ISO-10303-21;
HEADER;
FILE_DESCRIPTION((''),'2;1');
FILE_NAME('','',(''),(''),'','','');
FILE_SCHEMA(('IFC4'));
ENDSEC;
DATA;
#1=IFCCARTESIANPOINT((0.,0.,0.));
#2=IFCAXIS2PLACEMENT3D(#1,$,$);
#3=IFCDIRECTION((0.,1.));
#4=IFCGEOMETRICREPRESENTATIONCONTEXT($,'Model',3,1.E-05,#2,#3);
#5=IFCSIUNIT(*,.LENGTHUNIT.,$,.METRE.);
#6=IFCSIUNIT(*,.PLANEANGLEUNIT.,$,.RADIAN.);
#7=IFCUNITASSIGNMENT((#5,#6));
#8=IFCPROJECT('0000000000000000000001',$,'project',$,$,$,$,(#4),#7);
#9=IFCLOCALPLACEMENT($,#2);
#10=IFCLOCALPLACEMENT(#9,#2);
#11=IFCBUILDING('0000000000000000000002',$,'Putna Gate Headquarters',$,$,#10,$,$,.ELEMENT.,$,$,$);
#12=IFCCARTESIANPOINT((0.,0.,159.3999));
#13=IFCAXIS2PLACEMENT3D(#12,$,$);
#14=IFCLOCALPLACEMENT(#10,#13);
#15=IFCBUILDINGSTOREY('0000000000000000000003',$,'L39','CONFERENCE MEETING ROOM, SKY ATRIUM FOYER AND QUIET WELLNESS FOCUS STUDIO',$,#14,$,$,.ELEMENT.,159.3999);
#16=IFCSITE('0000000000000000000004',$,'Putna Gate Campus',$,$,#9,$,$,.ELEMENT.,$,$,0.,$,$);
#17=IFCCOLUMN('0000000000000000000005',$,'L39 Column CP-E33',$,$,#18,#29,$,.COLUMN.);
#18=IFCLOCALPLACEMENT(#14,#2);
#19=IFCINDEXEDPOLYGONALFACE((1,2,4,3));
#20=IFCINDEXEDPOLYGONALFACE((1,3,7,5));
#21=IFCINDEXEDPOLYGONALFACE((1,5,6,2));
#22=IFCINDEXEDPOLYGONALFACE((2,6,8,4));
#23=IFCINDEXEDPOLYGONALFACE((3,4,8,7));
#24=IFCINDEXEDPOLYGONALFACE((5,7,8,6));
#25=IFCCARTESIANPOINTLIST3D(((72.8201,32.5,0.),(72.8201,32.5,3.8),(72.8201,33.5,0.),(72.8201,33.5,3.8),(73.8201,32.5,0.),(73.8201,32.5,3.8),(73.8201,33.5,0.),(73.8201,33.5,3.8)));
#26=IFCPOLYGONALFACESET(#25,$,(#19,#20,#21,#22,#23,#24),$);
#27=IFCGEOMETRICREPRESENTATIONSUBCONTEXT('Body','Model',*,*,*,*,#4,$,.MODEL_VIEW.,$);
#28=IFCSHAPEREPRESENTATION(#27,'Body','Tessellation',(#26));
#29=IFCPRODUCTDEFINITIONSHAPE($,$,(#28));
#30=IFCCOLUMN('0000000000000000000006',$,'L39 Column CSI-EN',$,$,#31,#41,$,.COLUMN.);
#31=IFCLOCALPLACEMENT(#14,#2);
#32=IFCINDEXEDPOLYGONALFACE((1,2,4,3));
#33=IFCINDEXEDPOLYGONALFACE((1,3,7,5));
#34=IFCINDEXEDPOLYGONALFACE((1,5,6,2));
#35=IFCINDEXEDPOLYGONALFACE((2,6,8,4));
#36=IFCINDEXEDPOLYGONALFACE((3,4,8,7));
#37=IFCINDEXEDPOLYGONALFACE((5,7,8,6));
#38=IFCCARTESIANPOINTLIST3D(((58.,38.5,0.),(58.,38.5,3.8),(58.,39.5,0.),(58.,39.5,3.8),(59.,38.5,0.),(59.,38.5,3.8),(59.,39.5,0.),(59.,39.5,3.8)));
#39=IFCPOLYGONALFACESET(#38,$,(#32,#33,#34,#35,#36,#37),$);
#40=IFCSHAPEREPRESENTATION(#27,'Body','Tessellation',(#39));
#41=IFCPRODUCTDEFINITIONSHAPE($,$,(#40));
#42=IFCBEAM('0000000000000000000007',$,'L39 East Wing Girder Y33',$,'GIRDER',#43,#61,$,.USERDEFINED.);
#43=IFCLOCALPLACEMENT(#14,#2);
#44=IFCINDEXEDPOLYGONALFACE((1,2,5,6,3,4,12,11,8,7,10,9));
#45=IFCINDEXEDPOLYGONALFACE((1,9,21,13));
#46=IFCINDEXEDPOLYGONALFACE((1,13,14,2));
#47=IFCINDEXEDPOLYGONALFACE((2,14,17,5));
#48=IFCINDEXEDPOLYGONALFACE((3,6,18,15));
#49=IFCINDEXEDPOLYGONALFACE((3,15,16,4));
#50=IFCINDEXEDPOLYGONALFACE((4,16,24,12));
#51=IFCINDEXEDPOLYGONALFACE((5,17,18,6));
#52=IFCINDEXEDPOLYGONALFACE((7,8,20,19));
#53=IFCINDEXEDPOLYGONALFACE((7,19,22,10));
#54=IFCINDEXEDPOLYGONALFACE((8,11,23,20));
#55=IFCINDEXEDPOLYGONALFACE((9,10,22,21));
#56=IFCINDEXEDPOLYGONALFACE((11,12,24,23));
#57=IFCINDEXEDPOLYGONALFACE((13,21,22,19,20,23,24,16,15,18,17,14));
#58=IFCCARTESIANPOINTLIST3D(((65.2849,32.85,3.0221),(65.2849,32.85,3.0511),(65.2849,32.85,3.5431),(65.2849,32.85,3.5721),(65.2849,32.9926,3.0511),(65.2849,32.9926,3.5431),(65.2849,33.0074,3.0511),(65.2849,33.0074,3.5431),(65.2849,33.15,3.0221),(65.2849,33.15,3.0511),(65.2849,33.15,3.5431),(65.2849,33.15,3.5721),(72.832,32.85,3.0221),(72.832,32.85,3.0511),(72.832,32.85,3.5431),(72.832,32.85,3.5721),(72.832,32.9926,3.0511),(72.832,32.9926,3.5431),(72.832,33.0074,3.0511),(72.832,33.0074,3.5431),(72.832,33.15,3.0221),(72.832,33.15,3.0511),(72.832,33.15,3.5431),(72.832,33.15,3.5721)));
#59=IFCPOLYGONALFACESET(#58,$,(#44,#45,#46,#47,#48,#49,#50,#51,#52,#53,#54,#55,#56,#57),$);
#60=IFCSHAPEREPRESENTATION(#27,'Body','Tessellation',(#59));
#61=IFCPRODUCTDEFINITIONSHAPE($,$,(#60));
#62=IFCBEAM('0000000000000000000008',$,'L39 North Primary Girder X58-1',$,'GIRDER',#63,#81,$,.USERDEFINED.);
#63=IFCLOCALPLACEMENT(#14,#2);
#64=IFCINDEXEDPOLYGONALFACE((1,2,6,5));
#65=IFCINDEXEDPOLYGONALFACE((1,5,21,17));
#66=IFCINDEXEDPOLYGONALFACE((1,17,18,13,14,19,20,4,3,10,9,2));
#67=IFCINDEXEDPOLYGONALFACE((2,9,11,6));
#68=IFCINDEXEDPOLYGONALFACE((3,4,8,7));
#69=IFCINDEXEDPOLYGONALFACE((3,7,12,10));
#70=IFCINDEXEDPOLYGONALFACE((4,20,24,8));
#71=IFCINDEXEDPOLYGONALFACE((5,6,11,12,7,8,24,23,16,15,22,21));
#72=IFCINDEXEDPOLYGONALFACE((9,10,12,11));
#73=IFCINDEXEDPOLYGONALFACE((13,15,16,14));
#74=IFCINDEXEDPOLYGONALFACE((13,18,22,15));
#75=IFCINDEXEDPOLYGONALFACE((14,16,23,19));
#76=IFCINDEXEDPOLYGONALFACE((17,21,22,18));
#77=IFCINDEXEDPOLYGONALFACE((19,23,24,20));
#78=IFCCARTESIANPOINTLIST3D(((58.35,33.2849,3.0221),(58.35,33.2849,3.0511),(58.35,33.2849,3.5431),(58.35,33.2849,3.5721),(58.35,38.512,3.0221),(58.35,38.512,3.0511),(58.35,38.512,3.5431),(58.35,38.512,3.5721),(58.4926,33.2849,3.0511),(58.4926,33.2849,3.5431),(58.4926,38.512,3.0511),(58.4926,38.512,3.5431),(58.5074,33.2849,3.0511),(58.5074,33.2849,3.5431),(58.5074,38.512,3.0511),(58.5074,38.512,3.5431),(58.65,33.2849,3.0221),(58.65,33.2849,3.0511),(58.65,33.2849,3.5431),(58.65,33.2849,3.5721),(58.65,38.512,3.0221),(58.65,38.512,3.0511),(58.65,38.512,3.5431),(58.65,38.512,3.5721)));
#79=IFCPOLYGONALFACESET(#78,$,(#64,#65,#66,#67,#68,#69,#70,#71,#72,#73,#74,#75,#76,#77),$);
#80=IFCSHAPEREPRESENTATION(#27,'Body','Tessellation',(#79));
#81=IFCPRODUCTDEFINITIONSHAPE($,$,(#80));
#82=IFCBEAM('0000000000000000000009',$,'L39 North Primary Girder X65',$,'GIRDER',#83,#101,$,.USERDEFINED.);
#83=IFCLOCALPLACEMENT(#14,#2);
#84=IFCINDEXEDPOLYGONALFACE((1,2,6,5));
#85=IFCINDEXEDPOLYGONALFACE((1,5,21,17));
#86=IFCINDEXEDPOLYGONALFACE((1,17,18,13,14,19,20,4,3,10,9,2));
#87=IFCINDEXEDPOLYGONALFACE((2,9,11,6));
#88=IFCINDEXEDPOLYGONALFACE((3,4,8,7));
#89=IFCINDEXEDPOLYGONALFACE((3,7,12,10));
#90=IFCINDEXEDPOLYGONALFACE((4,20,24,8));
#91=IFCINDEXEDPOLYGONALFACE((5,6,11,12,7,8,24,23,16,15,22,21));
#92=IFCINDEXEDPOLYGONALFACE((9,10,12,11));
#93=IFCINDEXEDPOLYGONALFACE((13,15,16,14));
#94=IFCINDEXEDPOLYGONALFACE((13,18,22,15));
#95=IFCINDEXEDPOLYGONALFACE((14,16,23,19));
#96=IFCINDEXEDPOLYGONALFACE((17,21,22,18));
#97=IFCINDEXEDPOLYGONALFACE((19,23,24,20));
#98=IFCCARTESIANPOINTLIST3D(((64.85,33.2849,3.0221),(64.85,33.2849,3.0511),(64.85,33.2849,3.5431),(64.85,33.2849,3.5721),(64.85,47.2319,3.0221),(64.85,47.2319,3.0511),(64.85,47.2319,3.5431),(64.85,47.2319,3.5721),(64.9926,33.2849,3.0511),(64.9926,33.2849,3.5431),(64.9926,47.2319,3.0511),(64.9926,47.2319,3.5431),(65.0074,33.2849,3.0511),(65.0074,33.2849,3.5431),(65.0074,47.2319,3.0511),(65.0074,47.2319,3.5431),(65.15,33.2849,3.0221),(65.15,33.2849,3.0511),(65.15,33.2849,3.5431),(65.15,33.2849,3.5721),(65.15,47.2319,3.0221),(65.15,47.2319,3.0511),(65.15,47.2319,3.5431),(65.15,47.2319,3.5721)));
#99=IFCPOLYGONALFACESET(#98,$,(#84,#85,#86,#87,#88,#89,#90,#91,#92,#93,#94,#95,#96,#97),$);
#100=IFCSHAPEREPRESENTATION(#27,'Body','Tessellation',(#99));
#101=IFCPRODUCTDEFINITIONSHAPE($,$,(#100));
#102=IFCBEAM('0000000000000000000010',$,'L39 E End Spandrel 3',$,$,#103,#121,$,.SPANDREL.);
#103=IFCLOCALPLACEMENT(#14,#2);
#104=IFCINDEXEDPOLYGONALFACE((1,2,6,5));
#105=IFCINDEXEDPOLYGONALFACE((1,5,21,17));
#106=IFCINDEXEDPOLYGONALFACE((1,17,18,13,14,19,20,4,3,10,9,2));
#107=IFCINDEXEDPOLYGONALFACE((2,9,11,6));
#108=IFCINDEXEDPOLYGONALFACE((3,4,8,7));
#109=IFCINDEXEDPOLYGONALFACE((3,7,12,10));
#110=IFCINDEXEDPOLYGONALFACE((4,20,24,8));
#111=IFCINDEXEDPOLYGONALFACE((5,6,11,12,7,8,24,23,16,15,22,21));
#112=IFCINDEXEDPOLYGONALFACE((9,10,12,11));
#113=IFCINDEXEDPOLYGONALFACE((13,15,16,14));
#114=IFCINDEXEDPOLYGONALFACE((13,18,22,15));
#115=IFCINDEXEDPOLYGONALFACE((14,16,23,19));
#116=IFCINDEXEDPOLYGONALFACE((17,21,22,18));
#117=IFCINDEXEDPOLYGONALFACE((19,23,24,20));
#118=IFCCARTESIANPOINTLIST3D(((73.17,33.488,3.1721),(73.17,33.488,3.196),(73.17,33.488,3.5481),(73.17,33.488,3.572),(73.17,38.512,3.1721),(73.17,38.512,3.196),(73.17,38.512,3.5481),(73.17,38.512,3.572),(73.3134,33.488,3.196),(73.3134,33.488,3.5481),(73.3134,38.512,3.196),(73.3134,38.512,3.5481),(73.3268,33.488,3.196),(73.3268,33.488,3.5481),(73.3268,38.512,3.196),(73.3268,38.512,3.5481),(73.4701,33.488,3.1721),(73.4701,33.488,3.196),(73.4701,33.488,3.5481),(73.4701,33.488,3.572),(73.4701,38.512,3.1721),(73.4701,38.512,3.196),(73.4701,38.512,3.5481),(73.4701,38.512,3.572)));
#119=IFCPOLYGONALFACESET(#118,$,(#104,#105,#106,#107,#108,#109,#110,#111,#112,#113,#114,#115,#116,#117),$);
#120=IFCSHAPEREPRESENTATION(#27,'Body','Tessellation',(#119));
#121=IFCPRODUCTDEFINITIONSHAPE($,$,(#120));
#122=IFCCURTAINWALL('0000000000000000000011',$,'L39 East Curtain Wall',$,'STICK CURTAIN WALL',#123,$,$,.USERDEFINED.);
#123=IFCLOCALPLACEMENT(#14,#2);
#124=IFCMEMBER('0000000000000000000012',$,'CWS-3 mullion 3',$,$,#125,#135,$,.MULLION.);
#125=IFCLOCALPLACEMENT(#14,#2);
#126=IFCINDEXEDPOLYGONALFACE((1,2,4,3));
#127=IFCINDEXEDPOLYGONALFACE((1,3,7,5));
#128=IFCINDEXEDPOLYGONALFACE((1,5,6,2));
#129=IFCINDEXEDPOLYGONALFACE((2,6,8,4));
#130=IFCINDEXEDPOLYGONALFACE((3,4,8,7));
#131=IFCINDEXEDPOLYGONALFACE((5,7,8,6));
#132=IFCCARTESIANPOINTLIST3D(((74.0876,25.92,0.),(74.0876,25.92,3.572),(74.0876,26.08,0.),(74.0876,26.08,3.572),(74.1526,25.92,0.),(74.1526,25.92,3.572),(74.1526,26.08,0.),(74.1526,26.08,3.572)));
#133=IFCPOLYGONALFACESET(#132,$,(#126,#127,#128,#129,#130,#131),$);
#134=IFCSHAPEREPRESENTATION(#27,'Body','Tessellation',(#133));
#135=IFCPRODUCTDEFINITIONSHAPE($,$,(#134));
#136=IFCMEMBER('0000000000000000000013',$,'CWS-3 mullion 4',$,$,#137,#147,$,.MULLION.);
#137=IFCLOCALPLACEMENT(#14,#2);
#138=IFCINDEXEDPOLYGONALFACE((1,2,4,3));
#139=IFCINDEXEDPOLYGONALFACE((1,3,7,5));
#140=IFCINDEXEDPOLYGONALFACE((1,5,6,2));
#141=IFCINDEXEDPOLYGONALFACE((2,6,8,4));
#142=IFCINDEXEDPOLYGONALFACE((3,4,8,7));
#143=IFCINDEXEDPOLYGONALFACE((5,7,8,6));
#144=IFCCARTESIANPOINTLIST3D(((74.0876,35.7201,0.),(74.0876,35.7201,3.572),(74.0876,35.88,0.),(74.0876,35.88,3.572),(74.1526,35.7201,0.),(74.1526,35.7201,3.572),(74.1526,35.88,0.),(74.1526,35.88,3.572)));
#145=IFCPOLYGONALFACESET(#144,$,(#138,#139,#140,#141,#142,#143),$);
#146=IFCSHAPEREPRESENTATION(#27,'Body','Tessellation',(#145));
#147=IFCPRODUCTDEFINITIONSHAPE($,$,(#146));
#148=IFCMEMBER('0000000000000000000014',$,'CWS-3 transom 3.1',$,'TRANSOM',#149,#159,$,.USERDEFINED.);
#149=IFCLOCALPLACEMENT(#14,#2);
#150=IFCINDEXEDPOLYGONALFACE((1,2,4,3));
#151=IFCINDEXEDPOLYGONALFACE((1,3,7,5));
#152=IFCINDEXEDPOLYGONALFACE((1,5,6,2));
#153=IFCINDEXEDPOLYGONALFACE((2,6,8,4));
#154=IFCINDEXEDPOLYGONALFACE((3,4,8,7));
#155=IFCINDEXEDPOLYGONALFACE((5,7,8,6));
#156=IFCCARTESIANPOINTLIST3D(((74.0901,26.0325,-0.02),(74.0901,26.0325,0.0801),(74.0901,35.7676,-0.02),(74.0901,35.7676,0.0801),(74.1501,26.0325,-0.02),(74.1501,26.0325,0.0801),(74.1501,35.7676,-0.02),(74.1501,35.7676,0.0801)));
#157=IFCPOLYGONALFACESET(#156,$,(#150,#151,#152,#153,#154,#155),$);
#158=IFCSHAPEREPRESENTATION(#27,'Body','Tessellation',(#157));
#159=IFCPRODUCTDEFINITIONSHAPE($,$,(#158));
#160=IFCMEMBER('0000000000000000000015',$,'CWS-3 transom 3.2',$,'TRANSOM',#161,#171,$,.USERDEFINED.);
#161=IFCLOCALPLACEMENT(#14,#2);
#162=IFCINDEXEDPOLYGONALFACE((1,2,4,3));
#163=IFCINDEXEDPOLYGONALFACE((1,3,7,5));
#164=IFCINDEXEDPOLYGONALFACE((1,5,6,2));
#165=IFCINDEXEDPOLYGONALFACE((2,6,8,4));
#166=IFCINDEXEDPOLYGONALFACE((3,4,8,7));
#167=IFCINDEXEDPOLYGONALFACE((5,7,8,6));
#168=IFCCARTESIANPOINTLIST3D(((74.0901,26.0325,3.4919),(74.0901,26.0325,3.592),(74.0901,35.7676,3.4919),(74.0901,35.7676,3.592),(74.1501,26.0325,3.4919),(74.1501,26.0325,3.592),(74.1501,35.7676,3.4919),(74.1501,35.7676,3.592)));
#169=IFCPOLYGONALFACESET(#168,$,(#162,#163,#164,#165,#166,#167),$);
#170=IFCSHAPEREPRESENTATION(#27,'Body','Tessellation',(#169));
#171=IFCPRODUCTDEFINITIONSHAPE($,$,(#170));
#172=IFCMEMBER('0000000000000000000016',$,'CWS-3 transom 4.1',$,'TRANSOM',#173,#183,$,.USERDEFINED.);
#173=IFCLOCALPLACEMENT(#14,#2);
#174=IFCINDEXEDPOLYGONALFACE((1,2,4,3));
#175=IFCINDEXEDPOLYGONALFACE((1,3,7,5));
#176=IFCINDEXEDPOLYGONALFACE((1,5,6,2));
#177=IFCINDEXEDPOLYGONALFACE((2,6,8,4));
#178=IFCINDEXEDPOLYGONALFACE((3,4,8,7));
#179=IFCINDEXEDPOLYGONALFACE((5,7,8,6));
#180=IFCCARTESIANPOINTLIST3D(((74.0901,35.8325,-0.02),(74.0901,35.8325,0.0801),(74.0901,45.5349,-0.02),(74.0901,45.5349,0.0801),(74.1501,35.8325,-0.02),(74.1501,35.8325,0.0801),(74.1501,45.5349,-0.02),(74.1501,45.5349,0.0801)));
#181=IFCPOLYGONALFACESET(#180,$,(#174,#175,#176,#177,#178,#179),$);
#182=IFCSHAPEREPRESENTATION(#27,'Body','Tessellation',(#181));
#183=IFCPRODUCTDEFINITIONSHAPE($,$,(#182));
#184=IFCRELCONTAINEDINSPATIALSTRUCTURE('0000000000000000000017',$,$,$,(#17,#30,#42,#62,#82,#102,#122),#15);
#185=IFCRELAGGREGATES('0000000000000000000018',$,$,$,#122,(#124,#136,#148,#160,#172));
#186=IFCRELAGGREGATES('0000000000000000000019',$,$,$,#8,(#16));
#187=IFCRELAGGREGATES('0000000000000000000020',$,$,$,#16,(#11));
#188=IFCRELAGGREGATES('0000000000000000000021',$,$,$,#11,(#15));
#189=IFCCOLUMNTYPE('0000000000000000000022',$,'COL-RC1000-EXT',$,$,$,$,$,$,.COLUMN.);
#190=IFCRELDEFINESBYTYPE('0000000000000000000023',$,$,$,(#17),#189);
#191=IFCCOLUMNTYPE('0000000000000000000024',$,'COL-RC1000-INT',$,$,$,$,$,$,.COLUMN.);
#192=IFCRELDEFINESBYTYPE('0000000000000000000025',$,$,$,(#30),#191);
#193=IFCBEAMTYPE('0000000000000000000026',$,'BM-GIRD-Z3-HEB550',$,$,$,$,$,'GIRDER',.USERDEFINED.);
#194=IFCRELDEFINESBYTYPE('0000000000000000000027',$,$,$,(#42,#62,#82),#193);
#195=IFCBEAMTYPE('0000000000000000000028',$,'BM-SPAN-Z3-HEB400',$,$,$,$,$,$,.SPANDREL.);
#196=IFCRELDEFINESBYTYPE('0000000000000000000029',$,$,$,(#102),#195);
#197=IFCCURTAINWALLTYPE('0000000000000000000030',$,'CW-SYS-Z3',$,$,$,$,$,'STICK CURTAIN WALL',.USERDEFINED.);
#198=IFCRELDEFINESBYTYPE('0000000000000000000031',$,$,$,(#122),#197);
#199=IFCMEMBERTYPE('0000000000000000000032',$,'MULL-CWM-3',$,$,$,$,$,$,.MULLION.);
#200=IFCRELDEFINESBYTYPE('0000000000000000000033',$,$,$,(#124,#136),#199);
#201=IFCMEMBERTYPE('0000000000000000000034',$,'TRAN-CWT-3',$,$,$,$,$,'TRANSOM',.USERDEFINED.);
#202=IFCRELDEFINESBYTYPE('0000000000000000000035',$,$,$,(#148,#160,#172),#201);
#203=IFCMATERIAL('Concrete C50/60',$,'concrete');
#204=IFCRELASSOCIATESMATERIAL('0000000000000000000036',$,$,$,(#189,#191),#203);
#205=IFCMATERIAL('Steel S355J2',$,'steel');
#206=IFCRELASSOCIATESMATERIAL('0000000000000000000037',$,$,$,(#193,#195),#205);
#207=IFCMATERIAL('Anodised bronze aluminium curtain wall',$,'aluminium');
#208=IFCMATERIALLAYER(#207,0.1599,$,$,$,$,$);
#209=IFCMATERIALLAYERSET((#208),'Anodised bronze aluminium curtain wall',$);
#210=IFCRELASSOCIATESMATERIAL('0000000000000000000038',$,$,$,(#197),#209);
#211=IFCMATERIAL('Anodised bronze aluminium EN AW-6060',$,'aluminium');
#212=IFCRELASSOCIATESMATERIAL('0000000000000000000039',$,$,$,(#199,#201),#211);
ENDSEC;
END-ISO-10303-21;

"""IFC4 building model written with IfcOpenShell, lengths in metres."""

from ifc_helpers import new_model, si_unit, direction, frame, origin, origin_2d, place, context, subcontext, project, spatial, rectangle, i_section, extrude, material, layer, layer_set, material_profile, profile_set, type_object, element, aggregate, save


model = new_model("IFC4")

# Units and contexts
model_context = context("Model", 3, precision=1e-05, world=origin(), true_north=direction((0.0, 1.0)))
body_context = subcontext(model_context, "Body", "Model", "MODEL_VIEW")
ifc_project = project(units=[si_unit("LENGTHUNIT", "METRE"), si_unit("PLANEANGLEUNIT", "RADIAN")], contexts=[model_context])

# Site, building, storey
site_placement = place(None, origin())
site = spatial("IfcSite", under=ifc_project, at=site_placement, Name="Putna Gate Campus", CompositionType="ELEMENT", RefElevation=0.0)
building_placement = place(site_placement, origin())
building = spatial("IfcBuilding", under=site, at=building_placement, Name="Putna Gate Headquarters", CompositionType="ELEMENT")
storey_placement = place(building_placement, frame((0.0, 0.0, 159.3999)))
storey = spatial("IfcBuildingStorey", under=building, at=storey_placement, Name="L39", Description="CONFERENCE MEETING ROOM, SKY ATRIUM FOYER AND QUIET WELLNESS FOCUS STUDIO", CompositionType="ELEMENT", Elevation=159.3999)

# Columns
ifc_material_1 = material(Name="Concrete C50/60", Category="concrete")
ifc_material_profile_1 = material_profile(ifc_material_1, rectangle(XDim=1.0, YDim=1.0, at=origin_2d()), Name="Concrete C50/60")
ifc_profile_set_1 = profile_set([ifc_material_profile_1], Name="Concrete C50/60")
column_type_1 = type_object("IfcColumnType", Name="COL-RC1000-EXT", PredefinedType="COLUMN", material=ifc_profile_set_1)
column_1_placement = place(storey_placement, frame((73.3201, 33.0, 0.0), z_axis=(0.0, 0.0, 1.0), x_axis=(1.0, 0.0, 0.0)))
element("IfcColumn", 1, at=column_1_placement, inside=storey, type_object=column_type_1, Name="L39 Column CP-E33", PredefinedType="COLUMN", context=body_context, shape_type="SweptSolid", body=[
    extrude(rectangle(XDim=1.0, YDim=1.0, at=origin_2d()), origin(), (0.0, 0.0, 1.0), 3.8),
])
ifc_material_profile_2 = material_profile(ifc_material_1, rectangle(XDim=1.0, YDim=1.0, at=origin_2d()), Name="Concrete C50/60")
ifc_profile_set_2 = profile_set([ifc_material_profile_2], Name="Concrete C50/60")
column_type_2 = type_object("IfcColumnType", Name="COL-RC1000-INT", PredefinedType="COLUMN", material=ifc_profile_set_2)
column_2_placement = place(storey_placement, frame((58.5, 39.0, 0.0), z_axis=(0.0, 0.0, 1.0), x_axis=(1.0, 0.0, 0.0)))
element("IfcColumn", 2, at=column_2_placement, inside=storey, type_object=column_type_2, Name="L39 Column CSI-EN", PredefinedType="COLUMN", context=body_context, shape_type="SweptSolid", body=[
    extrude(rectangle(XDim=1.0, YDim=1.0, at=origin_2d()), origin(), (0.0, 0.0, 1.0), 3.8),
])

# Beams
ifc_material_2 = material(Name="Steel S355J2", Category="steel")
ifc_material_profile_3 = material_profile(ifc_material_2, i_section(OverallWidth=0.3, OverallDepth=0.55, WebThickness=0.0149, FlangeThickness=0.0291, at=origin_2d()), Name="Steel S355J2")
ifc_profile_set_3 = profile_set([ifc_material_profile_3], Name="Steel S355J2")
beam_type_1 = type_object("IfcBeamType", Name="BM-GIRD-Z3-HEB550", ElementType="GIRDER", PredefinedType="USERDEFINED", material=ifc_profile_set_3)
beam_1_placement = place(storey_placement, frame((65.2849, 33.0, 3.2971), z_axis=(1.0, 0.0, 0.0), x_axis=(0.0, 1.0, 0.0)))
element("IfcBeam", 3, at=beam_1_placement, inside=storey, type_object=beam_type_1, Name="L39 East Wing Girder Y33", ObjectType="GIRDER", PredefinedType="USERDEFINED", context=body_context, shape_type="SweptSolid", body=[
    extrude(i_section(OverallWidth=0.3, OverallDepth=0.55, WebThickness=0.0149, FlangeThickness=0.0291, at=origin_2d()), origin(), (0.0, 0.0, 1.0), 7.5471),
])
beam_2_placement = place(storey_placement, frame((58.5, 33.2849, 3.2971), z_axis=(0.0, 1.0, 0.0), x_axis=(-1.0, 0.0, 0.0)))
element("IfcBeam", 4, at=beam_2_placement, inside=storey, type_object=beam_type_1, Name="L39 North Primary Girder X58-1", ObjectType="GIRDER", PredefinedType="USERDEFINED", context=body_context, shape_type="SweptSolid", body=[
    extrude(i_section(OverallWidth=0.3, OverallDepth=0.55, WebThickness=0.0149, FlangeThickness=0.0291, at=origin_2d()), origin(), (0.0, 0.0, 1.0), 5.2271),
])
beam_3_placement = place(storey_placement, frame((65.0, 33.2849, 3.2971), z_axis=(0.0, 1.0, 0.0), x_axis=(-1.0, 0.0, 0.0)))
element("IfcBeam", 5, at=beam_3_placement, inside=storey, type_object=beam_type_1, Name="L39 North Primary Girder X65", ObjectType="GIRDER", PredefinedType="USERDEFINED", context=body_context, shape_type="SweptSolid", body=[
    extrude(i_section(OverallWidth=0.3, OverallDepth=0.55, WebThickness=0.0149, FlangeThickness=0.0291, at=origin_2d()), origin(), (0.0, 0.0, 1.0), 13.947),
])
ifc_material_profile_4 = material_profile(ifc_material_2, i_section(OverallWidth=0.3, OverallDepth=0.3999, WebThickness=0.0134, FlangeThickness=0.0239, at=origin_2d()), Name="Steel S355J2")
ifc_profile_set_4 = profile_set([ifc_material_profile_4], Name="Steel S355J2")
beam_type_2 = type_object("IfcBeamType", Name="BM-SPAN-Z3-HEB400", PredefinedType="SPANDREL", material=ifc_profile_set_4)
beam_4_placement = place(storey_placement, frame((73.3201, 33.488, 3.3721), z_axis=(0.0, 1.0, 0.0), x_axis=(-1.0, 0.0, 0.0)))
element("IfcBeam", 6, at=beam_4_placement, inside=storey, type_object=beam_type_2, Name="L39 E End Spandrel 3", PredefinedType="SPANDREL", context=body_context, shape_type="SweptSolid", body=[
    extrude(i_section(OverallWidth=0.3, OverallDepth=0.3999, WebThickness=0.0134, FlangeThickness=0.0239, at=origin_2d()), origin(), (0.0, 0.0, 1.0), 5.0239),
])

# Curtain wall, members
ifc_material_3 = material(Name="Anodised bronze aluminium curtain wall", Category="aluminium")
ifc_layer_1 = layer(ifc_material_3, 0.1599)
ifc_layer_set_1 = layer_set([ifc_layer_1], Name="Anodised bronze aluminium curtain wall")
curtain_wall_type = type_object("IfcCurtainWallType", Name="CW-SYS-Z3", ElementType="STICK CURTAIN WALL", PredefinedType="USERDEFINED", material=ifc_layer_set_1)
curtain_wall_placement = place(storey_placement, origin())
curtain_wall = element("IfcCurtainWall", 7, at=curtain_wall_placement, inside=storey, type_object=curtain_wall_type, Name="L39 East Curtain Wall", ObjectType="STICK CURTAIN WALL", PredefinedType="USERDEFINED")
ifc_material_4 = material(Name="Anodised bronze aluminium EN AW-6060", Category="aluminium")
ifc_material_profile_5 = material_profile(ifc_material_4, rectangle(XDim=0.0649, YDim=0.1599, at=origin_2d()), Name="Anodised bronze aluminium EN AW-6060")
ifc_profile_set_5 = profile_set([ifc_material_profile_5], Name="Anodised bronze aluminium EN AW-6060")
member_type_1 = type_object("IfcMemberType", Name="MULL-CWM-3", PredefinedType="MULLION", material=ifc_profile_set_5)
member_1_placement = place(storey_placement, frame((74.1201, 26.0, 0.0), z_axis=(0.0, 0.0, 1.0), x_axis=(-1.0, 0.0, 0.0)))
member_1 = element("IfcMember", 8, at=member_1_placement, type_object=member_type_1, Name="CWS-3 mullion 3", PredefinedType="MULLION", context=body_context, shape_type="SweptSolid", body=[
    extrude(rectangle(XDim=0.0649, YDim=0.1599, at=origin_2d()), origin(), (0.0, 0.0, 1.0), 3.572),
])
member_2_placement = place(storey_placement, frame((74.1201, 35.8, 0.0), z_axis=(0.0, 0.0, 1.0), x_axis=(-1.0, 0.0, 0.0)))
member_2 = element("IfcMember", 9, at=member_2_placement, type_object=member_type_1, Name="CWS-3 mullion 4", PredefinedType="MULLION", context=body_context, shape_type="SweptSolid", body=[
    extrude(rectangle(XDim=0.0649, YDim=0.1599, at=origin_2d()), origin(), (0.0, 0.0, 1.0), 3.572),
])
ifc_material_profile_6 = material_profile(ifc_material_4, rectangle(XDim=0.0601, YDim=0.1001, at=origin_2d()), Name="Anodised bronze aluminium EN AW-6060")
ifc_profile_set_6 = profile_set([ifc_material_profile_6], Name="Anodised bronze aluminium EN AW-6060")
member_type_2 = type_object("IfcMemberType", Name="TRAN-CWT-3", ElementType="TRANSOM", PredefinedType="USERDEFINED", material=ifc_profile_set_6)
member_3_placement = place(storey_placement, frame((74.1201, 26.0325, 0.03), z_axis=(0.0, 1.0, 0.0), x_axis=(-1.0, 0.0, 0.0)))
member_3 = element("IfcMember", 10, at=member_3_placement, type_object=member_type_2, Name="CWS-3 transom 3.1", ObjectType="TRANSOM", PredefinedType="USERDEFINED", context=body_context, shape_type="SweptSolid", body=[
    extrude(rectangle(XDim=0.0601, YDim=0.1001, at=origin_2d()), origin(), (0.0, 0.0, 1.0), 9.7351),
])
member_4_placement = place(storey_placement, frame((74.1201, 26.0325, 3.542), z_axis=(0.0, 1.0, 0.0), x_axis=(-1.0, 0.0, 0.0)))
member_4 = element("IfcMember", 11, at=member_4_placement, type_object=member_type_2, Name="CWS-3 transom 3.2", ObjectType="TRANSOM", PredefinedType="USERDEFINED", context=body_context, shape_type="SweptSolid", body=[
    extrude(rectangle(XDim=0.0601, YDim=0.1001, at=origin_2d()), origin(), (0.0, 0.0, 1.0), 9.7351),
])
member_5_placement = place(storey_placement, frame((74.1201, 35.8325, 0.03), z_axis=(0.0, 1.0, 0.0), x_axis=(-1.0, 0.0, 0.0)))
member_5 = element("IfcMember", 12, at=member_5_placement, type_object=member_type_2, Name="CWS-3 transom 4.1", ObjectType="TRANSOM", PredefinedType="USERDEFINED", context=body_context, shape_type="SweptSolid", body=[
    extrude(rectangle(XDim=0.0601, YDim=0.1001, at=origin_2d()), origin(), (0.0, 0.0, 1.0), 9.7024),
])
aggregate(curtain_wall, [member_1, member_2, member_3, member_4, member_5])

save(model, "model.ifc")
